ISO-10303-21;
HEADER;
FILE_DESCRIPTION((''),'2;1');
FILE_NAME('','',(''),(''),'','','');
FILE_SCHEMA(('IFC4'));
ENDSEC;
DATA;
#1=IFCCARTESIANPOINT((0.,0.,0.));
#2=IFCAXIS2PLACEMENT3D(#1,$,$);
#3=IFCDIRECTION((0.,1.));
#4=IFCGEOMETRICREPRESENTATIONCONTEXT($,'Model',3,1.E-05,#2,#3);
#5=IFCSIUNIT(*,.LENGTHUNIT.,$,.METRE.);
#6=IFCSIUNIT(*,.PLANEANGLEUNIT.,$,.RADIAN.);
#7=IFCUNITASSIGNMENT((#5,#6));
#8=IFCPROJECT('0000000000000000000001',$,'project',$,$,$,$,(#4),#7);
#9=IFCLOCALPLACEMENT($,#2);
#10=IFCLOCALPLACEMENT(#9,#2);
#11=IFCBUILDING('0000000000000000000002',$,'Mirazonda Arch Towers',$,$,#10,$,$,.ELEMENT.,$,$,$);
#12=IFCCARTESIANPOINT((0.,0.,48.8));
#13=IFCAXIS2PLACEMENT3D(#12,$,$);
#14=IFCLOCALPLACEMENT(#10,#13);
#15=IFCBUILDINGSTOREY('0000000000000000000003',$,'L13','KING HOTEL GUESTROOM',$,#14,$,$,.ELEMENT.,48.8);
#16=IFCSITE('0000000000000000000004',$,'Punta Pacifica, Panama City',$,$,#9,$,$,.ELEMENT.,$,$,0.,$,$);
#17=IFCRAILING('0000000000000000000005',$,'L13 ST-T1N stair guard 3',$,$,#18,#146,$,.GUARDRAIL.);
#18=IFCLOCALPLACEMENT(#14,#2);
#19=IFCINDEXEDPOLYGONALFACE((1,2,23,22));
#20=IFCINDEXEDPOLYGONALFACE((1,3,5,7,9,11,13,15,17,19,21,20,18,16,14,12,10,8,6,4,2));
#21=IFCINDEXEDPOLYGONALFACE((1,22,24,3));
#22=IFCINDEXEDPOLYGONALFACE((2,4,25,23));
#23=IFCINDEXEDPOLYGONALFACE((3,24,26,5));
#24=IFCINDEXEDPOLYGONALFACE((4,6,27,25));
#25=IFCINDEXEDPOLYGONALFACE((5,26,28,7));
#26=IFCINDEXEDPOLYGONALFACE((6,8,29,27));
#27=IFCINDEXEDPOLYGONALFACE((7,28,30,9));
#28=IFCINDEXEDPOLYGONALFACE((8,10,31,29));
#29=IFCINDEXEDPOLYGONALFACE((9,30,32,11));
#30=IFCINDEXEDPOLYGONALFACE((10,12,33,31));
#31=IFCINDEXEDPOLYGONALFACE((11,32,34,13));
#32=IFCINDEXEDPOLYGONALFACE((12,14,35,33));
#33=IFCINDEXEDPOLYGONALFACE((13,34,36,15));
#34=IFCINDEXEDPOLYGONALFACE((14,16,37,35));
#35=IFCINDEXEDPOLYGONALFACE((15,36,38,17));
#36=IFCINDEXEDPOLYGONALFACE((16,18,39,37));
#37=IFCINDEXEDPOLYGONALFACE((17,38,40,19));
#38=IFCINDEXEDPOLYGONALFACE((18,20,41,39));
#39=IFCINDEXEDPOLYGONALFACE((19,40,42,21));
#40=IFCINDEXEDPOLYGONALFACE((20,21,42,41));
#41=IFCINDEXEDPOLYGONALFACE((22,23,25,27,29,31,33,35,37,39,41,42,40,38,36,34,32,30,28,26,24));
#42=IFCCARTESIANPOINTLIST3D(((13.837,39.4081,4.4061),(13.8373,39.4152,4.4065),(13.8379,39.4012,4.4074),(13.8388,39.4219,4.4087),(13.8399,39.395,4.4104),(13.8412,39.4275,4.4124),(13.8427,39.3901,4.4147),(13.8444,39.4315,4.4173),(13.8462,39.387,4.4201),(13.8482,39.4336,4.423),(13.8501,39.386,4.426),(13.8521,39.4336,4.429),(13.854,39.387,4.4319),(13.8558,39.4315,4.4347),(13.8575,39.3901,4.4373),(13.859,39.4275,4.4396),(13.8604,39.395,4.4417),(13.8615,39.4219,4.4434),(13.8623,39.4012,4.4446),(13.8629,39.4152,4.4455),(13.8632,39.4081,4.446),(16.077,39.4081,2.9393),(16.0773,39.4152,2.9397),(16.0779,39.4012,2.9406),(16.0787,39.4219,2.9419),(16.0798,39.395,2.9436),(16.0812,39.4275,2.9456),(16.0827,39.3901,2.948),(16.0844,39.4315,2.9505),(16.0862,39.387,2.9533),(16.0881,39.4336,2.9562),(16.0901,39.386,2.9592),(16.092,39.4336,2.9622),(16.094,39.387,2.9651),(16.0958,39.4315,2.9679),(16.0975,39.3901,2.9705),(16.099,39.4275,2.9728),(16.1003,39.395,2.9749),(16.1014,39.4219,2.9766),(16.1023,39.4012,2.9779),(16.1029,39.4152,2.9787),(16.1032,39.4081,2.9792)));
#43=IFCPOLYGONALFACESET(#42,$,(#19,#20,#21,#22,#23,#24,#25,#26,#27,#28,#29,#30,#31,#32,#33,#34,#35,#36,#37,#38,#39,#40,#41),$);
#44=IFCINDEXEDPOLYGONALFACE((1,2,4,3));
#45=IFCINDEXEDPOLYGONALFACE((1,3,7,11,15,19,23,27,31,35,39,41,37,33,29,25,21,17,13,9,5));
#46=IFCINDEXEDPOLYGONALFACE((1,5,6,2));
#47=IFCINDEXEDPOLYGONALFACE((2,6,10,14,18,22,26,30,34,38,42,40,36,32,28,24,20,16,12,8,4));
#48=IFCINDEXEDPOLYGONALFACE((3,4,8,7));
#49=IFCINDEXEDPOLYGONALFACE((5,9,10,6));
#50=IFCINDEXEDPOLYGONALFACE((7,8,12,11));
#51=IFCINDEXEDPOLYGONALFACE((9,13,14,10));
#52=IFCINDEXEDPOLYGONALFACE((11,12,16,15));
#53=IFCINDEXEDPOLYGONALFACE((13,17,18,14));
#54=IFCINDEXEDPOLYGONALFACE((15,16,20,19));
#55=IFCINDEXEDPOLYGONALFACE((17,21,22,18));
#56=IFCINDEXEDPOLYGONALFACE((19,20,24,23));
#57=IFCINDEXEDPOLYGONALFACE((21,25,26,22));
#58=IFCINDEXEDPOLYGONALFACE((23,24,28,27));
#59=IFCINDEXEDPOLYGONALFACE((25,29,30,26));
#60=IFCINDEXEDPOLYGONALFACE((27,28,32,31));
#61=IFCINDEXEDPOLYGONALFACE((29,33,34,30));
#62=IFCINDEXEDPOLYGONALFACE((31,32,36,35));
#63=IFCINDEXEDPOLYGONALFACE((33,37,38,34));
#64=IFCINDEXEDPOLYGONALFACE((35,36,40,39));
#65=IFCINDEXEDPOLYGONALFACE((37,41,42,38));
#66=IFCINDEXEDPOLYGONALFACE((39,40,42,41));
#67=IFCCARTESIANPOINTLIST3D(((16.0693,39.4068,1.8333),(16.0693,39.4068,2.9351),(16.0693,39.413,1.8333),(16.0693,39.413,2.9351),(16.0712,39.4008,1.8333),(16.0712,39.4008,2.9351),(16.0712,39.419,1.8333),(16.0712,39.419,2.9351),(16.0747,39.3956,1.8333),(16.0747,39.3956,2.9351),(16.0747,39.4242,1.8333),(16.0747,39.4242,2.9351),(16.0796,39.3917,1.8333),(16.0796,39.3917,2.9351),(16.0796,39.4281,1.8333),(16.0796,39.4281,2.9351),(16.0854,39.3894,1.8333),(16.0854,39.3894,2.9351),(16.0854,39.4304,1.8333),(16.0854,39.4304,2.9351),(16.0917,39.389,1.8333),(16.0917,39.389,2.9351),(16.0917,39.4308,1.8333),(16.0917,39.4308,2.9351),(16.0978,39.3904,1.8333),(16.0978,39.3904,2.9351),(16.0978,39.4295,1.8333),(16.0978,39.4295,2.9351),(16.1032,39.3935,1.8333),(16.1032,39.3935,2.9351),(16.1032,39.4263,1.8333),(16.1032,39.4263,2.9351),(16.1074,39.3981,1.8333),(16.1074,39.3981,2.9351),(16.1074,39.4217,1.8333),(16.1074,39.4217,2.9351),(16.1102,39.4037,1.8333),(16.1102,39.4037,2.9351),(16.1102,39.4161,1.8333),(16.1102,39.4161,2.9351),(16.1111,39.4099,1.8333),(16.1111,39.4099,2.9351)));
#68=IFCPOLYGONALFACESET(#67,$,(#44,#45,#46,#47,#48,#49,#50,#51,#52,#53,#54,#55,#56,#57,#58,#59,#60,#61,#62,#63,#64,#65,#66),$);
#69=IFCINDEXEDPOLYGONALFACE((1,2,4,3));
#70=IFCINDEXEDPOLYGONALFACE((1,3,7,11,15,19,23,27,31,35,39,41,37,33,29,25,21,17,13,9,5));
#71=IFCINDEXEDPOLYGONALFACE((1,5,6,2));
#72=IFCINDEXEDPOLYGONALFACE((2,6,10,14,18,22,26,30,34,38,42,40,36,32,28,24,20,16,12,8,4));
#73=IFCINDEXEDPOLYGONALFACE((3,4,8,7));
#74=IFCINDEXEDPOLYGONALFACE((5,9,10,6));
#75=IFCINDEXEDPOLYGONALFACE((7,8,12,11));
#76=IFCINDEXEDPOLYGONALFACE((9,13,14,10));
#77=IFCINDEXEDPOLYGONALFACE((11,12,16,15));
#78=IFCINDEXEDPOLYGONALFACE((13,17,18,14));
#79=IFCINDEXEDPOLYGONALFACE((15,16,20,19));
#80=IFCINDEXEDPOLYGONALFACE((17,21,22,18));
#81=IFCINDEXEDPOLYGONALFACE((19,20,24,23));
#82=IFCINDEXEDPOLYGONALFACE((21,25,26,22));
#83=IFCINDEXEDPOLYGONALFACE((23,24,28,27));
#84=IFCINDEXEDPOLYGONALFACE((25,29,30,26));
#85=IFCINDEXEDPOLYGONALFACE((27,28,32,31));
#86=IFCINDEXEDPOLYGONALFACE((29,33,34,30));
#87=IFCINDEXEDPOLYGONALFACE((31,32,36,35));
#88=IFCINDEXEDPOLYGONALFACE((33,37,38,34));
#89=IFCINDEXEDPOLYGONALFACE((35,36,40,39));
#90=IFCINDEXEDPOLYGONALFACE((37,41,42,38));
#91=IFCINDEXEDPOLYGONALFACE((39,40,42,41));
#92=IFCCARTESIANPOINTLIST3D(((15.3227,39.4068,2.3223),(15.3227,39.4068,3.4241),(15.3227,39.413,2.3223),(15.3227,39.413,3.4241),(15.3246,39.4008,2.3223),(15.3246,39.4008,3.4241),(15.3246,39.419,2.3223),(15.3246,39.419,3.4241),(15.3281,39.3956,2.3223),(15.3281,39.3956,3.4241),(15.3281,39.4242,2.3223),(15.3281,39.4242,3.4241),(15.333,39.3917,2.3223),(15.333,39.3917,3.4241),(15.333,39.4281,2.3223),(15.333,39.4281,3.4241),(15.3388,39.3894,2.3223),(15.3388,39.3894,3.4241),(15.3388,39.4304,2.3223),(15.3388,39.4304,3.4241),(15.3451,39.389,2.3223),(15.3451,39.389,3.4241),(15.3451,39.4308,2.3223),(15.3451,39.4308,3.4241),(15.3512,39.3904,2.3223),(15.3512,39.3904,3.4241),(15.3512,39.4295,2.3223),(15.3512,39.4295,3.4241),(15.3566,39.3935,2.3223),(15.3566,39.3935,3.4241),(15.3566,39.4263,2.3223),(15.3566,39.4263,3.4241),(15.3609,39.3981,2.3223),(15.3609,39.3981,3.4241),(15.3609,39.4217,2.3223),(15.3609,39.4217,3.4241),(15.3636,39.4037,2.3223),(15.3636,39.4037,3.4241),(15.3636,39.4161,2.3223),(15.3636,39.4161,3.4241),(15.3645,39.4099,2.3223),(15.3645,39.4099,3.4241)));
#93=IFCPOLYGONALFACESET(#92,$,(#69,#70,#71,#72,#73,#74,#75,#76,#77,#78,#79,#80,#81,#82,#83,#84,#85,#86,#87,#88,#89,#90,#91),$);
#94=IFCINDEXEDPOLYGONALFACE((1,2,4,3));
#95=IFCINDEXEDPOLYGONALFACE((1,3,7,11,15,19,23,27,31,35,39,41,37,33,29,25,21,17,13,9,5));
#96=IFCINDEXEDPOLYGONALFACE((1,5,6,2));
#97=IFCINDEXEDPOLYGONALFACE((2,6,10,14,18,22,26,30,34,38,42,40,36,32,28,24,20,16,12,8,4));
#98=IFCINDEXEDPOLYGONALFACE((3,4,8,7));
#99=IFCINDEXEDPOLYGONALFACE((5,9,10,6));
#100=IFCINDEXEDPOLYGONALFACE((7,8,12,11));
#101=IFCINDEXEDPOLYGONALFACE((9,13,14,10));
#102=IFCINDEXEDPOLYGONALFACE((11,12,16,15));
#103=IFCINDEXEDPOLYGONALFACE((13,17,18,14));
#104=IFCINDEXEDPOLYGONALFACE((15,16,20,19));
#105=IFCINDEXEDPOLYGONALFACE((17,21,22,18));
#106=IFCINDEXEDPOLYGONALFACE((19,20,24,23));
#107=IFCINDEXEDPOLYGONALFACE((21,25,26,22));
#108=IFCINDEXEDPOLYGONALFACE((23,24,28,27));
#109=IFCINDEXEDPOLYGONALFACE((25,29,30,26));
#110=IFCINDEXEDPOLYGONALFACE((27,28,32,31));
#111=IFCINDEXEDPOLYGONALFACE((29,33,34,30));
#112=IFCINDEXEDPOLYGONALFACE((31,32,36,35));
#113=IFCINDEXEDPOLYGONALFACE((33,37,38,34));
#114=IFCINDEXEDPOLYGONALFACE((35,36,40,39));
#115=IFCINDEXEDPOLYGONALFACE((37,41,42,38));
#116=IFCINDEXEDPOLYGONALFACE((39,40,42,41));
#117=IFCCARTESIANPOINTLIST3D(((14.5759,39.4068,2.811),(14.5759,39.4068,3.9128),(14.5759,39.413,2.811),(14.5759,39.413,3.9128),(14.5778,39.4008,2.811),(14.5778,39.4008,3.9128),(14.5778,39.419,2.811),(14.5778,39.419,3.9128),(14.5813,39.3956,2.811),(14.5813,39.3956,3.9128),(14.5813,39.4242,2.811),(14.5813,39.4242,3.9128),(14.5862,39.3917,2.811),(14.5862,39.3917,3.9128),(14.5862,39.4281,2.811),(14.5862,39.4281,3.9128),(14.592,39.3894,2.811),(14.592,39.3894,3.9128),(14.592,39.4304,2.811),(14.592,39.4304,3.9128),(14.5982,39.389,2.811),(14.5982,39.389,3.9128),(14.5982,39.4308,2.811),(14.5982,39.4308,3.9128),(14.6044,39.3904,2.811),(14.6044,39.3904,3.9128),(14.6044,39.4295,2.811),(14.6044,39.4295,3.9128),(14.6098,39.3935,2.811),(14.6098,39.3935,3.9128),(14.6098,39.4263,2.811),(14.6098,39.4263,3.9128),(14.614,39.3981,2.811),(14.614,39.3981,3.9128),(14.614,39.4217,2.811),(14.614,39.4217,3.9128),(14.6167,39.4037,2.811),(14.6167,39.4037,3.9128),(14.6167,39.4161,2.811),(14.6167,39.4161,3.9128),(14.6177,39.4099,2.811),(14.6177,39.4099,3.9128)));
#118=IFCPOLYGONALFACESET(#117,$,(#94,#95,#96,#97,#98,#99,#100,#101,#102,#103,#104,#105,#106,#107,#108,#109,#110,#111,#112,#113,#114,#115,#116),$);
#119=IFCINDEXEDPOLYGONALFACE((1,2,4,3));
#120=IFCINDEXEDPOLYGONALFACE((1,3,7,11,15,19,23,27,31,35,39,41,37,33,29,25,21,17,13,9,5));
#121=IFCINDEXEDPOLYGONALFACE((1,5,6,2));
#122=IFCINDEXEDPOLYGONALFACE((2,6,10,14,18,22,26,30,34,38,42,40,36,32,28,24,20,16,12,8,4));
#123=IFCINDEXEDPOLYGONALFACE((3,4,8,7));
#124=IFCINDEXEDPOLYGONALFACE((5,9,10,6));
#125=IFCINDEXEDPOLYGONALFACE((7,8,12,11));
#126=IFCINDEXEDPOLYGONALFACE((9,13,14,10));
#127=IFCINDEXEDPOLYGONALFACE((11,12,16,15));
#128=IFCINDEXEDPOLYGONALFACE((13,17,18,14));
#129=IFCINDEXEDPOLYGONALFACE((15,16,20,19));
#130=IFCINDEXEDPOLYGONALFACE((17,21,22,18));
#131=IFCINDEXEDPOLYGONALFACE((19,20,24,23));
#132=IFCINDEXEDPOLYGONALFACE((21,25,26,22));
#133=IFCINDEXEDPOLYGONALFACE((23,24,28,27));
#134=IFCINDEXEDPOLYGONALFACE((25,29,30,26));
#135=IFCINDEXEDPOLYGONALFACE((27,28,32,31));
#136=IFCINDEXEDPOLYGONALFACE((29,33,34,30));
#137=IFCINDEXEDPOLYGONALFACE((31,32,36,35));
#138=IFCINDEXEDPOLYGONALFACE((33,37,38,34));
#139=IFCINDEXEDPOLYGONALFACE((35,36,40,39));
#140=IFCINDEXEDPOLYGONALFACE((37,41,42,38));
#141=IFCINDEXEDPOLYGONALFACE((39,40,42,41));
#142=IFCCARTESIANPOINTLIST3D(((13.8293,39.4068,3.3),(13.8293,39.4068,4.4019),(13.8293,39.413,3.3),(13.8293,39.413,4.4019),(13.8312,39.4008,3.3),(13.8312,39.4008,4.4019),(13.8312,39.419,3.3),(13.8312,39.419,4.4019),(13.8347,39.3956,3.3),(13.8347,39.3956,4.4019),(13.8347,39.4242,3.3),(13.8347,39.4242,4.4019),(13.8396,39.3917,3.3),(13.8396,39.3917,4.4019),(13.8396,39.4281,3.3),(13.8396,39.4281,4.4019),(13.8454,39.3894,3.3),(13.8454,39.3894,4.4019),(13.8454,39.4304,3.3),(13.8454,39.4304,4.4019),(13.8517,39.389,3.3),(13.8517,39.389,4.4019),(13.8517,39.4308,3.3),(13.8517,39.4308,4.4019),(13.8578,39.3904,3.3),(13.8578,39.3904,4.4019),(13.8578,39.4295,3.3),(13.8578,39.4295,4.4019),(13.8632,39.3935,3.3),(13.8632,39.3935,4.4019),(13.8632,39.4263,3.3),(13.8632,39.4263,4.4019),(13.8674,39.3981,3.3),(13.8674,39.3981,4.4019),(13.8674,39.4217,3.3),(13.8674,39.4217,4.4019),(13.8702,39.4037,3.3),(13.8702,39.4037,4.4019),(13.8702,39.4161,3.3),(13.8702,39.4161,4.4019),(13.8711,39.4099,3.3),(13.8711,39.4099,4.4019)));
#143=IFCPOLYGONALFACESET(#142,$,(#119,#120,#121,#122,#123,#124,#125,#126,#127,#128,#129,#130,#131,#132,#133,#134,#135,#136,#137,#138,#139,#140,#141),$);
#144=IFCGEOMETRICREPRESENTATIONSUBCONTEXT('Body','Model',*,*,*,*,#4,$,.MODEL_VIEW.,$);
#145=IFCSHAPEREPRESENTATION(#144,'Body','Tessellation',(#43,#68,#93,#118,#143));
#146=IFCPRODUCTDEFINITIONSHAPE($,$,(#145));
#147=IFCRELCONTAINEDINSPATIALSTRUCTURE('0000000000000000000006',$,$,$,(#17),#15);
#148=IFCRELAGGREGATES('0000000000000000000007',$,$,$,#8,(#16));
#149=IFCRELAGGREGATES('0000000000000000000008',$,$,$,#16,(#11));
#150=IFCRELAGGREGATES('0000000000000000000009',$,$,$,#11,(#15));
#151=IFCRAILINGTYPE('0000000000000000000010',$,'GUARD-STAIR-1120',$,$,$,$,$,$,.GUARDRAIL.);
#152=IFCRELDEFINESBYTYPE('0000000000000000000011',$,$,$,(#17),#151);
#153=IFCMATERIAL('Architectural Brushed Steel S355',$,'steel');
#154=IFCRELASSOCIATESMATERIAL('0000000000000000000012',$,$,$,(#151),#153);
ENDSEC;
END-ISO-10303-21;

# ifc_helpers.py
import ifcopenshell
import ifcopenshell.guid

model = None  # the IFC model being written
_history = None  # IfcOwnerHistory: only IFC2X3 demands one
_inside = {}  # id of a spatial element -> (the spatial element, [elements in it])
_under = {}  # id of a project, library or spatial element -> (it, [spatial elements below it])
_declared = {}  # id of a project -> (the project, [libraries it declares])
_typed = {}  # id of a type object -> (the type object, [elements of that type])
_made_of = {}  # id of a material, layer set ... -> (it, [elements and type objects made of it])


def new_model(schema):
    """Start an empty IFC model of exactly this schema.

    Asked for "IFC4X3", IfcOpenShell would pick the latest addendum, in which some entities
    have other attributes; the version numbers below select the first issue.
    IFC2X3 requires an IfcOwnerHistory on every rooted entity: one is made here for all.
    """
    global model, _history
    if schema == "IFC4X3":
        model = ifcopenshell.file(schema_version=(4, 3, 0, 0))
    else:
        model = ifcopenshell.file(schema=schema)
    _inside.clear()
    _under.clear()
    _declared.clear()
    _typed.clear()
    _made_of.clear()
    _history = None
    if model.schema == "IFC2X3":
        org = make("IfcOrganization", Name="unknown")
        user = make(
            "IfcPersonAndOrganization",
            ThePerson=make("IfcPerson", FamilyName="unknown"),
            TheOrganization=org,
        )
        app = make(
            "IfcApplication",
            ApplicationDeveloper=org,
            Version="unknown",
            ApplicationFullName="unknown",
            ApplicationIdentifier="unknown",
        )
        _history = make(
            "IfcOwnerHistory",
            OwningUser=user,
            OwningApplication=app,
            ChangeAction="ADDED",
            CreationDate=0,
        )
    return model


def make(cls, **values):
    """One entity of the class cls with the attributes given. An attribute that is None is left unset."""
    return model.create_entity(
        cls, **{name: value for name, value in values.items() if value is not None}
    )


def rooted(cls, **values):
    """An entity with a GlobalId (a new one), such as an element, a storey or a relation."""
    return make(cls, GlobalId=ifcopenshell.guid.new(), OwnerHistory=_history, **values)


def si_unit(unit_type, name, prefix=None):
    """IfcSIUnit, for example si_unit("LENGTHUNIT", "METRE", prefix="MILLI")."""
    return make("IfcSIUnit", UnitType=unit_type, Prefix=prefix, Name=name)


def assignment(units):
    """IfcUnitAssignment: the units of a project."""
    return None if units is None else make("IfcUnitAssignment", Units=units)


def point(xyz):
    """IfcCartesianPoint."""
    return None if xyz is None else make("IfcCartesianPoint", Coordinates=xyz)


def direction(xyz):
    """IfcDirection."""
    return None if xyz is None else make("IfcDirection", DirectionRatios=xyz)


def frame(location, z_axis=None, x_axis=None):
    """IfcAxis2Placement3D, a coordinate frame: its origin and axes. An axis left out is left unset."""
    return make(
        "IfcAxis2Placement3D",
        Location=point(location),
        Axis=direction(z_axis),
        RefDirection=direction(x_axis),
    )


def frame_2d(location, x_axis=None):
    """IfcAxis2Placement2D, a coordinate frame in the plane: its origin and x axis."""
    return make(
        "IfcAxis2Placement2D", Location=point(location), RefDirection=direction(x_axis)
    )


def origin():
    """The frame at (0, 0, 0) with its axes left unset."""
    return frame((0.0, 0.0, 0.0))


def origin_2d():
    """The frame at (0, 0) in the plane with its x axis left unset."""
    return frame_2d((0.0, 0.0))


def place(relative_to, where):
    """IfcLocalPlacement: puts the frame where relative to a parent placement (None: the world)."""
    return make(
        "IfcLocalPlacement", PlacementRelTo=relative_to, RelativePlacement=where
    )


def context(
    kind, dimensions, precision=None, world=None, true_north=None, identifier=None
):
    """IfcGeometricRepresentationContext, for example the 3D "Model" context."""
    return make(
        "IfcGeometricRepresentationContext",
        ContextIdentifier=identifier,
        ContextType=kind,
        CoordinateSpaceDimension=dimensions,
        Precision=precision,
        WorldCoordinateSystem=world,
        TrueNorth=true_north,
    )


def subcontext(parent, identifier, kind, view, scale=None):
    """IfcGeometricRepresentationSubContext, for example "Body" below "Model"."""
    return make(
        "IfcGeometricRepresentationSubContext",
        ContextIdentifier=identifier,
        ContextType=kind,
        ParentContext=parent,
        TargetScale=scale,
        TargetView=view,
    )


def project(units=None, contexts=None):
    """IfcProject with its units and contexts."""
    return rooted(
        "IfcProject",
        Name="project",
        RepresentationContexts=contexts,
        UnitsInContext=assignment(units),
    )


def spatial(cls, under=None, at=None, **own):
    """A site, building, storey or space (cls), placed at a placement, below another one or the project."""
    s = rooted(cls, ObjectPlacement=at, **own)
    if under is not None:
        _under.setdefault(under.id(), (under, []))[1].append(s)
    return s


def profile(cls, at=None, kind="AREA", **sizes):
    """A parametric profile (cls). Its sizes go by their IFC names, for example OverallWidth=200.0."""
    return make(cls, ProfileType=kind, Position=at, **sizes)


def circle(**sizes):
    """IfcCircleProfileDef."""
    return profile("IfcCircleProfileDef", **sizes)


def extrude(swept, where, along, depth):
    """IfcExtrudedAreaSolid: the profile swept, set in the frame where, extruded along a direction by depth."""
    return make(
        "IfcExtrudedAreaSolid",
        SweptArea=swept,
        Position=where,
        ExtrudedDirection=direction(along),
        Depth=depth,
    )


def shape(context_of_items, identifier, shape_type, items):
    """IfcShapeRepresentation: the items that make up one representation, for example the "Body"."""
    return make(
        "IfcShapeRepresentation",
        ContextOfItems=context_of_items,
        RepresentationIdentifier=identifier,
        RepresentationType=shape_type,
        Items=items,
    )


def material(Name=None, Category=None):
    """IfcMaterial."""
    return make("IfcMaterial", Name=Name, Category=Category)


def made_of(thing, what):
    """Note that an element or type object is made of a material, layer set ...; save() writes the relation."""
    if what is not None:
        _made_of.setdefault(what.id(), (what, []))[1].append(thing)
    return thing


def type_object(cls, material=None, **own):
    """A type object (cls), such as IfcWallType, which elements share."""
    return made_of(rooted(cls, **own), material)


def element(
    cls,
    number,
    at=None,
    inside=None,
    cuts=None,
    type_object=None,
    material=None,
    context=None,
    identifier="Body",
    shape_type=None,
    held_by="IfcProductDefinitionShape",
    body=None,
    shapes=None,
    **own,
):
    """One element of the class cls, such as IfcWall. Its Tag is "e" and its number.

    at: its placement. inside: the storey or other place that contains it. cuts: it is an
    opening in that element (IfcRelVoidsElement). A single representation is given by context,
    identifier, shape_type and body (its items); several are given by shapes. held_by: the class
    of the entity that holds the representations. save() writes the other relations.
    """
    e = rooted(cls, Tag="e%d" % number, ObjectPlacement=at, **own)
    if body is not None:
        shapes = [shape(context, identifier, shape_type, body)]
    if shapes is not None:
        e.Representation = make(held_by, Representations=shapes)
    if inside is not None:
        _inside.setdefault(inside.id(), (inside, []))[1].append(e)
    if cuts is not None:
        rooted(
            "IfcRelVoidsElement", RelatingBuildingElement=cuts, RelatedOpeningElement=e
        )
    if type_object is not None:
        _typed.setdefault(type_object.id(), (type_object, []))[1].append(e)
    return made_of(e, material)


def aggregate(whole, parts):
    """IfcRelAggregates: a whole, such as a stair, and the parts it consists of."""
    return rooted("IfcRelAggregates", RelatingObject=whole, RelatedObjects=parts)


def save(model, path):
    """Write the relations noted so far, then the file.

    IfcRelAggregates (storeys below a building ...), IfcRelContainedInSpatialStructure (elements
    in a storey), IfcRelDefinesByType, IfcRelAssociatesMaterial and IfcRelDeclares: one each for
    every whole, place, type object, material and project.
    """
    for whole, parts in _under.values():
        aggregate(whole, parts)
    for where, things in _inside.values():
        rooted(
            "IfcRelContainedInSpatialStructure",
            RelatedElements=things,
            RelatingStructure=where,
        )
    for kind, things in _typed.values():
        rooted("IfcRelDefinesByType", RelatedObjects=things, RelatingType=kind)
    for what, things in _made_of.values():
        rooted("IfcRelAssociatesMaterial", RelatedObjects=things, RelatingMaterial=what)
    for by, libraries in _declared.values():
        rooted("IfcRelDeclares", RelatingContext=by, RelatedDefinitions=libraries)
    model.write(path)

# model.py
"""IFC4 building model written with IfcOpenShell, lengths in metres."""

from ifc_helpers import new_model, si_unit, direction, frame, origin, origin_2d, place, context, subcontext, project, spatial, circle, extrude, material, type_object, element, save


model = new_model("IFC4")

# Units and contexts
model_context = context("Model", 3, precision=1e-05, world=origin(), true_north=direction((0.0, 1.0)))
body_context = subcontext(model_context, "Body", "Model", "MODEL_VIEW")
ifc_project = project(units=[si_unit("LENGTHUNIT", "METRE"), si_unit("PLANEANGLEUNIT", "RADIAN")], contexts=[model_context])

# Site, building, storey
site_placement = place(None, origin())
site = spatial("IfcSite", under=ifc_project, at=site_placement, Name="Punta Pacifica, Panama City", CompositionType="ELEMENT", RefElevation=0.0)
building_placement = place(site_placement, origin())
building = spatial("IfcBuilding", under=site, at=building_placement, Name="Mirazonda Arch Towers", CompositionType="ELEMENT")
storey_placement = place(building_placement, frame((0.0, 0.0, 48.8)))
storey = spatial("IfcBuildingStorey", under=building, at=storey_placement, Name="L13", Description="KING HOTEL GUESTROOM", CompositionType="ELEMENT", Elevation=48.8)

# Shared definitions
ifc_material_1 = material(Name="Architectural Brushed Steel S355", Category="steel")

# Railing
railing_type_1 = type_object("IfcRailingType", Name="GUARD-STAIR-1120", PredefinedType="GUARDRAIL", material=ifc_material_1)
railing_1_placement = place(storey_placement, frame((16.0901, 39.4099, 1.8333)))
element("IfcRailing", 1, at=railing_1_placement, inside=storey, type_object=railing_type_1, Name="L13 ST-T1N stair guard 3", PredefinedType="GUARDRAIL", context=body_context, shape_type="SweptSolid", body=[
    extrude(circle(Radius=0.0239, at=origin_2d()), frame((0.0, 0.0, 1.126), z_axis=(-0.836595, 0.0, 0.547822), x_axis=(0.0, -1.0, 0.0)), (0.0, 0.0, 1.0), 2.6775),
    extrude(circle(Radius=0.021, at=origin_2d()), origin(), (0.0, 0.0, 1.0), 1.1018),
    extrude(circle(Radius=0.021, at=origin_2d()), frame((-0.7466, 0.0, 0.489)), (0.0, 0.0, 1.0), 1.1018),
    extrude(circle(Radius=0.021, at=origin_2d()), frame((-1.4934, 0.0, 0.9778)), (0.0, 0.0, 1.0), 1.1018),
    extrude(circle(Radius=0.021, at=origin_2d()), frame((-2.24, 0.0, 1.4668)), (0.0, 0.0, 1.0), 1.1018),
])

save(model, "model.ifc")
